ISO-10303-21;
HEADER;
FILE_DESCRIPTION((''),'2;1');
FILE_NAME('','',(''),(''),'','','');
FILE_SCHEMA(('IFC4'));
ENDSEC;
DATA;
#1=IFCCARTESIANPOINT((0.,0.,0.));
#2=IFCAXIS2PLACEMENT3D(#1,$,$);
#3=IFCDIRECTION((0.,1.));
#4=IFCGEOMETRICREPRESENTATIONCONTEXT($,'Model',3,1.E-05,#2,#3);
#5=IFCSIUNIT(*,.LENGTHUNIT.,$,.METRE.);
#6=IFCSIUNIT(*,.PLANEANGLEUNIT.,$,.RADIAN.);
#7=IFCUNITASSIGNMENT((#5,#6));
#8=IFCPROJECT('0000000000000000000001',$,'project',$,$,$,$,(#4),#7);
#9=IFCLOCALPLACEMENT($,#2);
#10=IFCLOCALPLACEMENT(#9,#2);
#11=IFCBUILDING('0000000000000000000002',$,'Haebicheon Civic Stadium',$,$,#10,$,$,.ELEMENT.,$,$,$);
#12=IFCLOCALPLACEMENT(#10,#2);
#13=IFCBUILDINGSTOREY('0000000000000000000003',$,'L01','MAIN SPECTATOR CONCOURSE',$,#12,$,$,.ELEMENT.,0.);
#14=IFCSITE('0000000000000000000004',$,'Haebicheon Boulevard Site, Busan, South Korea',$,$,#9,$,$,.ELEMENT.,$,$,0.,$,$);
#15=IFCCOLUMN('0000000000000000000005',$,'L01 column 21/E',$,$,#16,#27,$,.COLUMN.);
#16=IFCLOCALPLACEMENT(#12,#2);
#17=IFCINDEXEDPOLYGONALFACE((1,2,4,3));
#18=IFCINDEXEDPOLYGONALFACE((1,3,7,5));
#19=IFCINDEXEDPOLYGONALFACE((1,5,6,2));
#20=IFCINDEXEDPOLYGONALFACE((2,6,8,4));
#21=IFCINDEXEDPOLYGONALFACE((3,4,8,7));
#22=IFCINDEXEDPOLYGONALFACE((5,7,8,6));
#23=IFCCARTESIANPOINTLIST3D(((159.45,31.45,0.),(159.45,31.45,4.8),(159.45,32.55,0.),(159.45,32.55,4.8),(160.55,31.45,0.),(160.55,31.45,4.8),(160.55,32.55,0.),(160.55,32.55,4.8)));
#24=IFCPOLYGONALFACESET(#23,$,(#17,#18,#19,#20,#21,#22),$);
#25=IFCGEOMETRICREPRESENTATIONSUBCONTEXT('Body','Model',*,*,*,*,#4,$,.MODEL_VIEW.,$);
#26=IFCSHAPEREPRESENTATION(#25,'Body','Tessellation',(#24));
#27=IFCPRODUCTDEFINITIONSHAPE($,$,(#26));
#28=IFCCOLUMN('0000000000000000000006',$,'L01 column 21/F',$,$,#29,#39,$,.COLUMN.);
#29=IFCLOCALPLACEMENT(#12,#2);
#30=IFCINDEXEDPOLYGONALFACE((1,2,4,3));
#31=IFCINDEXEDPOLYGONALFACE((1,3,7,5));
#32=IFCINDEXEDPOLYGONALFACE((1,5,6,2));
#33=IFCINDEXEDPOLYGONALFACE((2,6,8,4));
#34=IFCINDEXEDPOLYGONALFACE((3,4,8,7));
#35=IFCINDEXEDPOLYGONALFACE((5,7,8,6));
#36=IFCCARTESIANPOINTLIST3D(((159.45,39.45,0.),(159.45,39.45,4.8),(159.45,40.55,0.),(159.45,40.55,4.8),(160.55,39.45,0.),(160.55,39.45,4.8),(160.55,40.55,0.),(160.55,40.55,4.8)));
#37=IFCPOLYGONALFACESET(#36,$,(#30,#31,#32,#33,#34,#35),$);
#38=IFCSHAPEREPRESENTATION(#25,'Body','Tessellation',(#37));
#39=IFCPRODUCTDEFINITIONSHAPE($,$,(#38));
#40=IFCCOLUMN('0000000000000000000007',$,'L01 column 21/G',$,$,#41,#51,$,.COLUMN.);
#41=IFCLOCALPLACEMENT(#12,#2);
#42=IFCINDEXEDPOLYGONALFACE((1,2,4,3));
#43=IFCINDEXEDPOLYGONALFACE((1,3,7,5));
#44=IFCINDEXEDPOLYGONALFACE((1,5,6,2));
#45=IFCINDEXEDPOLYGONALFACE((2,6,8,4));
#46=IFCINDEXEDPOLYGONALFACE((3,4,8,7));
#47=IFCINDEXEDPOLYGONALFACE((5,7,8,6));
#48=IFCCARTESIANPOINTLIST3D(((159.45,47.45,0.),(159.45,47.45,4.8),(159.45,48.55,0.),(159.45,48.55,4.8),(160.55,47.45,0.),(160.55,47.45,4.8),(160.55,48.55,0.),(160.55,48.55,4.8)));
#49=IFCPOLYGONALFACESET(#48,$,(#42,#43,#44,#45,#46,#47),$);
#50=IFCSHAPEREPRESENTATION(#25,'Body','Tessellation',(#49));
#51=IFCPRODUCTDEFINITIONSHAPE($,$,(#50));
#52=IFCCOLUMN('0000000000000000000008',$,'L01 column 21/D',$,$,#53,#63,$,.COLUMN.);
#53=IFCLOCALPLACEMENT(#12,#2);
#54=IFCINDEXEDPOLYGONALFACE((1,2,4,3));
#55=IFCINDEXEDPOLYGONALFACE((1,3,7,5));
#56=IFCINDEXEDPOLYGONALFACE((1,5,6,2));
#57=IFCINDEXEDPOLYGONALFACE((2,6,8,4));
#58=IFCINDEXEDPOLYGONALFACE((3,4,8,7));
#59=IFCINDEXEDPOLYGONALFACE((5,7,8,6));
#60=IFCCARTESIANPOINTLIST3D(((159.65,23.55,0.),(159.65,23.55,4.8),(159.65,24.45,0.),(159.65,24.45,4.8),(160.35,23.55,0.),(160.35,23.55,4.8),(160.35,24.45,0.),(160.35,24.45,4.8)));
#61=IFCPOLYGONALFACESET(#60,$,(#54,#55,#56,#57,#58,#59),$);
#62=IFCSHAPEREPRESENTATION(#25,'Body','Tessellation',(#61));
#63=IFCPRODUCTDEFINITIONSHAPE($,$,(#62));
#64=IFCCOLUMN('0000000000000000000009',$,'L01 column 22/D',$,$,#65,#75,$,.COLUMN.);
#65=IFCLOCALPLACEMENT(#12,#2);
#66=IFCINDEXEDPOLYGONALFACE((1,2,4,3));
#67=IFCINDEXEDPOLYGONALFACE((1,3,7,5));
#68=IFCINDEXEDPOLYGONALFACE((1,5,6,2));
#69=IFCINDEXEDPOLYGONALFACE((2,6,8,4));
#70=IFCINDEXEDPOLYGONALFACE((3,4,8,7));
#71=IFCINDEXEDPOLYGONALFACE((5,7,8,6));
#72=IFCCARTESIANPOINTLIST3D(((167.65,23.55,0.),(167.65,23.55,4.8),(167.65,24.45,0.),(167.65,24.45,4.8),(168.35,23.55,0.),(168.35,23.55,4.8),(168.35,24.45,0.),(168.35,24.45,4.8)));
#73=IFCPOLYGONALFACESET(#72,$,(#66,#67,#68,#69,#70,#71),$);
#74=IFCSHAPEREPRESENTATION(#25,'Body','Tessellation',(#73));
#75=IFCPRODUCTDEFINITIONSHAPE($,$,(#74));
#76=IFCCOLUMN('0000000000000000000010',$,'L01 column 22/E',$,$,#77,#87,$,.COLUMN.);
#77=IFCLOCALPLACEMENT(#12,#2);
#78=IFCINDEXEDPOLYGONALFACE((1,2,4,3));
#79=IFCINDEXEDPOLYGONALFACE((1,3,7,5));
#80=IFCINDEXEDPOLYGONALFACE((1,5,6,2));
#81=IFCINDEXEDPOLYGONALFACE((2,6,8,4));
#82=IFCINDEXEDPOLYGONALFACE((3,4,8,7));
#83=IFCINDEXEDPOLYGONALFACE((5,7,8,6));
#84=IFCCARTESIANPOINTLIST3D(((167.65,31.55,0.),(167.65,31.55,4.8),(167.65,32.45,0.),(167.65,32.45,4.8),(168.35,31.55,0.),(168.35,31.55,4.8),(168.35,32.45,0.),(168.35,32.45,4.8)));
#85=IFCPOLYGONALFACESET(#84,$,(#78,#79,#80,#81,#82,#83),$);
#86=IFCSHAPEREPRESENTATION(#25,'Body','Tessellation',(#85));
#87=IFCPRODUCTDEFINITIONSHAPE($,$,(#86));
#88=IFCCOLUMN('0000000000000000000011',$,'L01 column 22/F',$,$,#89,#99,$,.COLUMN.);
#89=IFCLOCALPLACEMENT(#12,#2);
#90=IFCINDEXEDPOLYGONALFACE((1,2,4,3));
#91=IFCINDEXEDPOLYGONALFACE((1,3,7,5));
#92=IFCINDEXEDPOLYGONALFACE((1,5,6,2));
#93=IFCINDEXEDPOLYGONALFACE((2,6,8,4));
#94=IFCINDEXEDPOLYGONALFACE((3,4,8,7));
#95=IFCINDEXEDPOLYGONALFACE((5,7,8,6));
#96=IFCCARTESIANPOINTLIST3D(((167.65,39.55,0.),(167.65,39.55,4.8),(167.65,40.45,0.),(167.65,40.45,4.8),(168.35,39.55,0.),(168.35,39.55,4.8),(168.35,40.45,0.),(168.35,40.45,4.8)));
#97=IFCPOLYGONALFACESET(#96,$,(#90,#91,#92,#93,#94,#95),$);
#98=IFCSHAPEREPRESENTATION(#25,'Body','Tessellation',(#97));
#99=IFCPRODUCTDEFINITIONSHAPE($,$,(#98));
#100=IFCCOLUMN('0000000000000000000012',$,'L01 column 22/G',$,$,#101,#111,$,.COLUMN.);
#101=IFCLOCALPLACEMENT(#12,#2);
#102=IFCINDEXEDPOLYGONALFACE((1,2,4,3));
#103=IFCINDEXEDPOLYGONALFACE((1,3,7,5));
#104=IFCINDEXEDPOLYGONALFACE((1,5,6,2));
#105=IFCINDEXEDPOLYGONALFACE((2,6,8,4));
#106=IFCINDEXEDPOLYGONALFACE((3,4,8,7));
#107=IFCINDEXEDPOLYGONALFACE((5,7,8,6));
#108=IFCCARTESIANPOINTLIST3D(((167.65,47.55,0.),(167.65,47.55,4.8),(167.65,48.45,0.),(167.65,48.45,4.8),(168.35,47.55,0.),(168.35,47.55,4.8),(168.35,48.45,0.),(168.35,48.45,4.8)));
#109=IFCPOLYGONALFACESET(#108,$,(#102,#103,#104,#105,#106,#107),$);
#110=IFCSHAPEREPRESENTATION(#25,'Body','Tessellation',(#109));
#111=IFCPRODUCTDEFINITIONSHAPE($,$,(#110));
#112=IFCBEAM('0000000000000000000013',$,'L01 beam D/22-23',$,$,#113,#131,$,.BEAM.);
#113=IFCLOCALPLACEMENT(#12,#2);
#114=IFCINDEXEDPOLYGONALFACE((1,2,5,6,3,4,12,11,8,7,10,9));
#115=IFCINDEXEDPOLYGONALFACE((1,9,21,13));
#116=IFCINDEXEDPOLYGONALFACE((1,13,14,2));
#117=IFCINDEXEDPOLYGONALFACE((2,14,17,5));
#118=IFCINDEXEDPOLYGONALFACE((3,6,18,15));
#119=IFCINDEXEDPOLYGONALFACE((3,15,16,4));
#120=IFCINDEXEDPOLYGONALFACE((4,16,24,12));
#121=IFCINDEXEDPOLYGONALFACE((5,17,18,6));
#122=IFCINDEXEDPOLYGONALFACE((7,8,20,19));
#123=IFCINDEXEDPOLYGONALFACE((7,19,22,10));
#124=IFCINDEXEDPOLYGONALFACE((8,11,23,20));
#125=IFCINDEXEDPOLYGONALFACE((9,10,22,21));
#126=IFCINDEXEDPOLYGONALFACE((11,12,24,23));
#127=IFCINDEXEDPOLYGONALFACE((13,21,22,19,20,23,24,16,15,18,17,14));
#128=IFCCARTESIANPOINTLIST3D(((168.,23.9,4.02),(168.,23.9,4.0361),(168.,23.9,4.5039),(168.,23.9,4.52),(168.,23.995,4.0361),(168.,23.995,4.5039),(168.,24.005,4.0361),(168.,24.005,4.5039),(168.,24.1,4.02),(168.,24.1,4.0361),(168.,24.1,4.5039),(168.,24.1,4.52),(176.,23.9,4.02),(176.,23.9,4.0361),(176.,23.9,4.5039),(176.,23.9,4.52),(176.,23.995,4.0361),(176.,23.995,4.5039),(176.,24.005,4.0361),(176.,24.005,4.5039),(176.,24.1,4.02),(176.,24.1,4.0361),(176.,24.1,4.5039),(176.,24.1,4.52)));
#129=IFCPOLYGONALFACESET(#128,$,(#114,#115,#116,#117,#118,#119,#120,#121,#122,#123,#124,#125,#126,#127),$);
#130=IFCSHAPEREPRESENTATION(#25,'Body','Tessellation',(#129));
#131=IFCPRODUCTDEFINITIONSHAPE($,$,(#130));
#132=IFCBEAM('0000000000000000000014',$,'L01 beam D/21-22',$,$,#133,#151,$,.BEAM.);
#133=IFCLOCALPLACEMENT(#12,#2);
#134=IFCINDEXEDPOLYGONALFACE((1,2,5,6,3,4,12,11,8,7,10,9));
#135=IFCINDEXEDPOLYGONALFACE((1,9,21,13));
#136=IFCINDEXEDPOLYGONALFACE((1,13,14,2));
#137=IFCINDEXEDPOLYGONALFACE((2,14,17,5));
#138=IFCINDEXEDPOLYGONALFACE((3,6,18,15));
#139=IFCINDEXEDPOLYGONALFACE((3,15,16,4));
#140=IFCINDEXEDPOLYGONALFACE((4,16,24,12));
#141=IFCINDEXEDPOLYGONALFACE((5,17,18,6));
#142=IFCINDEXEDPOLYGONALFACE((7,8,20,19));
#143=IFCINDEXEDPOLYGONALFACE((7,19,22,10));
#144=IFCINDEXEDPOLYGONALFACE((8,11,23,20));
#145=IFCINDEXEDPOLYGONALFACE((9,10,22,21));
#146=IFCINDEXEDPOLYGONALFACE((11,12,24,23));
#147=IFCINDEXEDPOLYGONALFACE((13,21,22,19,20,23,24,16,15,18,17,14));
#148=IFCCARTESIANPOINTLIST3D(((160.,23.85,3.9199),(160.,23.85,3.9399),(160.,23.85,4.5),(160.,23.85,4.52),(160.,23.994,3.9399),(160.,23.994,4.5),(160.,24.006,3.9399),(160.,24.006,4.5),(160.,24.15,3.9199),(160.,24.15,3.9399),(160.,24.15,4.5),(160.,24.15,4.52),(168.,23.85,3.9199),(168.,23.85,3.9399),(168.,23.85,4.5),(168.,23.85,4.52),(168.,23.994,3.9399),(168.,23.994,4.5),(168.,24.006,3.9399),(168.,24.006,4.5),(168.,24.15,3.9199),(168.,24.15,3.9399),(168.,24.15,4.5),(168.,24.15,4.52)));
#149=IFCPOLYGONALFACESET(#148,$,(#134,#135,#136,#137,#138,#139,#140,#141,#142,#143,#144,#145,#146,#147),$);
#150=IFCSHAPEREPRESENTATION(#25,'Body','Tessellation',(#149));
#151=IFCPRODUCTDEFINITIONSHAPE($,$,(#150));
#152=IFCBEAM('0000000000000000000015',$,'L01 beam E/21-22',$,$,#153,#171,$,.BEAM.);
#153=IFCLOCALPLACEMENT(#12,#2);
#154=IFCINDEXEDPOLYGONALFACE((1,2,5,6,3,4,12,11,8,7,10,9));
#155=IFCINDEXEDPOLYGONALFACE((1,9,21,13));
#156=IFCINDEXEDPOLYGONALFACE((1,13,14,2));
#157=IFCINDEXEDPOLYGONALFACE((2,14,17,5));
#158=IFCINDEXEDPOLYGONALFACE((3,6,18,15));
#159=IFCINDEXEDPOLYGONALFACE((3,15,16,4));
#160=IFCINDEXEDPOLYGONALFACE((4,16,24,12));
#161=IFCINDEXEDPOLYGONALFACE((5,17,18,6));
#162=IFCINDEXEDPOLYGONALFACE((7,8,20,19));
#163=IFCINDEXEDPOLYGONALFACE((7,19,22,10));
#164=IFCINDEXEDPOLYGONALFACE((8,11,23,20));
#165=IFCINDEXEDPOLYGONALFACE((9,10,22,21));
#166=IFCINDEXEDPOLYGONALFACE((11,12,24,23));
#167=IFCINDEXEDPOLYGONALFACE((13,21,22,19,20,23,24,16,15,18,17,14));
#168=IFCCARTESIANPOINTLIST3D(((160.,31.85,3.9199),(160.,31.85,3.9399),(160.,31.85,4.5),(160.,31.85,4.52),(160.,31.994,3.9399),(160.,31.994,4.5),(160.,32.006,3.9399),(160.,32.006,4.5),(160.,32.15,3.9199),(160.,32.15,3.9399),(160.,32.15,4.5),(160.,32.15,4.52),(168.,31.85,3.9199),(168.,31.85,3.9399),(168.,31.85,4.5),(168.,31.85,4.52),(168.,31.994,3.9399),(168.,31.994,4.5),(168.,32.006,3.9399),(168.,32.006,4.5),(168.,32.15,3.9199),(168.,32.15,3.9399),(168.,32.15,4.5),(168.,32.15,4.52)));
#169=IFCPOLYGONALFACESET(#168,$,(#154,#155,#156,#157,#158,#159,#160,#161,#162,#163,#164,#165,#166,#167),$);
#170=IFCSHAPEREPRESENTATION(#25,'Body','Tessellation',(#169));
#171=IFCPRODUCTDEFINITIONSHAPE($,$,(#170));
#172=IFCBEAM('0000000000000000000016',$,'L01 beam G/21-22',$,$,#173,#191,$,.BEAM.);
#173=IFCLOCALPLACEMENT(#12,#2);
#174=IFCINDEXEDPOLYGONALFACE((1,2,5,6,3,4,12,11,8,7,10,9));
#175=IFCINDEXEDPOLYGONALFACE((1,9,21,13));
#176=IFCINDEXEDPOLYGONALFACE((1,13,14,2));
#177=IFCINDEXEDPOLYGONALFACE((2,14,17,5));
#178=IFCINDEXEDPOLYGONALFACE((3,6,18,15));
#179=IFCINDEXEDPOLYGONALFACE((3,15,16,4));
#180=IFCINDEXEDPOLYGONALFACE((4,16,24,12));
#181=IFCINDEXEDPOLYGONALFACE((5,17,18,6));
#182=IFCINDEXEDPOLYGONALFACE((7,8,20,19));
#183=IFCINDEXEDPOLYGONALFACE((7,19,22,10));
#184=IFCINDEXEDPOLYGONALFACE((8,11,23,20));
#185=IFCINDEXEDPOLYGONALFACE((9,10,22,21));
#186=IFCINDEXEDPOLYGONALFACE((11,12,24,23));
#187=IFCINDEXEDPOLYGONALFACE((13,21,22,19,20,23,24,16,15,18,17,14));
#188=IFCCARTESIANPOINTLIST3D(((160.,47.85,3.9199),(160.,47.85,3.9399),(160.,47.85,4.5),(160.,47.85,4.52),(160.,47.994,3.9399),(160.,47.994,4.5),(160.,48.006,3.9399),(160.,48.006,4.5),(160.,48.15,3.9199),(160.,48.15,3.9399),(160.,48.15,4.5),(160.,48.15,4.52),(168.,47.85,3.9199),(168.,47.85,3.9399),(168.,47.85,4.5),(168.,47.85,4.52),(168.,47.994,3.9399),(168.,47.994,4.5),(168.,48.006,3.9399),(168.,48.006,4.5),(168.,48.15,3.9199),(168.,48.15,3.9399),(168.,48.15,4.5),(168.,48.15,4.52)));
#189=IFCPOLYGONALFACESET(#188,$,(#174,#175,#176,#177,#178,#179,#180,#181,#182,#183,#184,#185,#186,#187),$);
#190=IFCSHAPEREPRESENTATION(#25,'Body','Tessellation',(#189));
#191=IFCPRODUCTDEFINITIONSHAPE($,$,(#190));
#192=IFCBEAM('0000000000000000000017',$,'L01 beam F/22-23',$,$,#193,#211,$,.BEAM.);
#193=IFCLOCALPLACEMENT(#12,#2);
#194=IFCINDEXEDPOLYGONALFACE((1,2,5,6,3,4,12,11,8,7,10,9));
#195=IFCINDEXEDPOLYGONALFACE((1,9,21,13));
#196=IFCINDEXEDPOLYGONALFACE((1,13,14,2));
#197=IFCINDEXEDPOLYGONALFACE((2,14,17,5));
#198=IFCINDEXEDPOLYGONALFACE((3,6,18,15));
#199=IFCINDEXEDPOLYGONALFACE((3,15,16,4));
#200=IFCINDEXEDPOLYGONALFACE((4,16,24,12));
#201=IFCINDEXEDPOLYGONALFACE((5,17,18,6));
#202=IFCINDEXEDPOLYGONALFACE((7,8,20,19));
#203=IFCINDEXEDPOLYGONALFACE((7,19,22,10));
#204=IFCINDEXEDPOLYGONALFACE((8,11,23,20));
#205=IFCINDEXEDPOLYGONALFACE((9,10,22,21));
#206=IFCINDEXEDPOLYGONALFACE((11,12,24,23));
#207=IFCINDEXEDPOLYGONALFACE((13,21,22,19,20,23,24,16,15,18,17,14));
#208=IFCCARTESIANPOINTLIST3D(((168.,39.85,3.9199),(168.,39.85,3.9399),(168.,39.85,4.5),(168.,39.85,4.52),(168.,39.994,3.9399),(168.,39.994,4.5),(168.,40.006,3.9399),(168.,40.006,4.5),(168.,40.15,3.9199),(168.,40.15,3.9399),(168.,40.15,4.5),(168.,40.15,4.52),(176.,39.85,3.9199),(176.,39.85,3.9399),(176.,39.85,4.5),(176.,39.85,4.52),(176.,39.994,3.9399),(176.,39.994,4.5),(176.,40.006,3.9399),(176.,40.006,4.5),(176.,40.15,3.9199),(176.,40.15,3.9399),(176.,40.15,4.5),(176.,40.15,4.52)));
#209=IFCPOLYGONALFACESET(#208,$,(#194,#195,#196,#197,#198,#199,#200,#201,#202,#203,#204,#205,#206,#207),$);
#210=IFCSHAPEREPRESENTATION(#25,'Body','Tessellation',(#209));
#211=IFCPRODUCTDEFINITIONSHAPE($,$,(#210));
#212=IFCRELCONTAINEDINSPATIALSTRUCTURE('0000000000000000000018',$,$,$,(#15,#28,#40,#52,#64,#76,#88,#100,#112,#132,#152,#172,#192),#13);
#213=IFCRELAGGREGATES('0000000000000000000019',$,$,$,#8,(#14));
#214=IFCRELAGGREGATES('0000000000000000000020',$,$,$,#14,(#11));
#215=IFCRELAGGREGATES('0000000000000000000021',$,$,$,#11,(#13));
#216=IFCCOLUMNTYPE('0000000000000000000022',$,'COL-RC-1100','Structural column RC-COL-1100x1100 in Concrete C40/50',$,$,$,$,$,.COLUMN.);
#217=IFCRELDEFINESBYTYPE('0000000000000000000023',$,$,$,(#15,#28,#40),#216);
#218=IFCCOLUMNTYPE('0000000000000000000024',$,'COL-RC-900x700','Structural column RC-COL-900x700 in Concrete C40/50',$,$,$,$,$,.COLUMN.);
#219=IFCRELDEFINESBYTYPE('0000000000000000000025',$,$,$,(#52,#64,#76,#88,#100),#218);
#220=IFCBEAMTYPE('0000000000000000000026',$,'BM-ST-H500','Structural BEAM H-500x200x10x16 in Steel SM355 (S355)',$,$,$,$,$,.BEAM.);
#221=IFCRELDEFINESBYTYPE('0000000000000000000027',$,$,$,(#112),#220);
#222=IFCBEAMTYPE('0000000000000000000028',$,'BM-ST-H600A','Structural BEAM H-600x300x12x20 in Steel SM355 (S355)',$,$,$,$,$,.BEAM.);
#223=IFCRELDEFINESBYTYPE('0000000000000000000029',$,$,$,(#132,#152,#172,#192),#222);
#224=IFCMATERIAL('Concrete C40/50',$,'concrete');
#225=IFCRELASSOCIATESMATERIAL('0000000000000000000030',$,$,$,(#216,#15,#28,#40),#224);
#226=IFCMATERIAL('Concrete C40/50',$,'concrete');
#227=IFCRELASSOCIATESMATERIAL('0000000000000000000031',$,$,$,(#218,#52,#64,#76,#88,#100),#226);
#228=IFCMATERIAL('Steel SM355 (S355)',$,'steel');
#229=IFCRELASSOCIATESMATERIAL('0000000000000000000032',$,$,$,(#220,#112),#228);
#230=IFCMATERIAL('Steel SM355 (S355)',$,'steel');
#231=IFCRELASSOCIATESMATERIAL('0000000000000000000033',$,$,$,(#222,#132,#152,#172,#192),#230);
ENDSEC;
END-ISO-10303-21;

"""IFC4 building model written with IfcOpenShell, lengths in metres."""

from ifc_helpers import new_model, si_unit, direction, frame, origin, origin_2d, place, context, subcontext, project, spatial, rectangle, i_section, extrude, material, material_profile, profile_set, type_object, element, save


model = new_model("IFC4")

# Units and contexts
model_context = context("Model", 3, precision=1e-05, world=origin(), true_north=direction((0.0, 1.0)))
body_context = subcontext(model_context, "Body", "Model", "MODEL_VIEW")
ifc_project = project(units=[si_unit("LENGTHUNIT", "METRE"), si_unit("PLANEANGLEUNIT", "RADIAN")], contexts=[model_context])

# Site, building, storey
site_placement = place(None, origin())
site = spatial("IfcSite", under=ifc_project, at=site_placement, Name="Haebicheon Boulevard Site, Busan, South Korea", CompositionType="ELEMENT", RefElevation=0.0)
building_placement = place(site_placement, origin())
building = spatial("IfcBuilding", under=site, at=building_placement, Name="Haebicheon Civic Stadium", CompositionType="ELEMENT")
storey_placement = place(building_placement, origin())
storey = spatial("IfcBuildingStorey", under=building, at=storey_placement, Name="L01", Description="MAIN SPECTATOR CONCOURSE", CompositionType="ELEMENT", Elevation=0.0)

# Columns
ifc_material_1 = material(Name="Concrete C40/50", Category="concrete")
ifc_material_profile_1 = material_profile(ifc_material_1, rectangle(XDim=1.1001, YDim=1.1001, at=origin_2d()), Name="RC-COL-1100x1100")
ifc_profile_set_1 = profile_set([ifc_material_profile_1], Name="Concrete C40/50")
column_type_1 = type_object("IfcColumnType", Name="COL-RC-1100", Description="Structural column RC-COL-1100x1100 in Concrete C40/50", PredefinedType="COLUMN", material=ifc_profile_set_1)
for number, where, z_axis, x_axis, name in (
    (1, (160.0, 32.0, 0.0), (0.0, 0.0, 1.0), (1.0, 0.0, 0.0), "L01 column 21/E"),
    (2, (160.0, 40.0, 0.0), (0.0, 0.0, 1.0), (1.0, 0.0, 0.0), "L01 column 21/F"),
    (3, (160.0, 48.0, 0.0), (0.0, 0.0, 1.0), (1.0, 0.0, 0.0), "L01 column 21/G"),
):
    element("IfcColumn", number, at=place(storey_placement, frame(where, z_axis=z_axis, x_axis=x_axis)), inside=storey, type_object=column_type_1, material=ifc_profile_set_1, Name=name, PredefinedType="COLUMN", context=body_context, shape_type="SweptSolid", body=[
        extrude(rectangle(XDim=1.1001, YDim=1.1001, at=origin_2d()), origin(), (0.0, 0.0, 1.0), 4.8),
    ])
ifc_material_2 = material(Name="Concrete C40/50", Category="concrete")
ifc_material_profile_2 = material_profile(ifc_material_2, rectangle(XDim=0.7, YDim=0.8999, at=origin_2d()), Name="RC-COL-900x700")
ifc_profile_set_2 = profile_set([ifc_material_profile_2], Name="Concrete C40/50")
column_type_2 = type_object("IfcColumnType", Name="COL-RC-900x700", Description="Structural column RC-COL-900x700 in Concrete C40/50", PredefinedType="COLUMN", material=ifc_profile_set_2)
for number, where, z_axis, x_axis, name in (
    (4, (160.0, 24.0, 0.0), (0.0, 0.0, 1.0), (1.0, 0.0, 0.0), "L01 column 21/D"),
    (5, (168.0, 24.0, 0.0), (0.0, 0.0, 1.0), (1.0, 0.0, 0.0), "L01 column 22/D"),
    (6, (168.0, 32.0, 0.0), (0.0, 0.0, 1.0), (1.0, 0.0, 0.0), "L01 column 22/E"),
    (7, (168.0, 40.0, 0.0), (0.0, 0.0, 1.0), (1.0, 0.0, 0.0), "L01 column 22/F"),
    (8, (168.0, 48.0, 0.0), (0.0, 0.0, 1.0), (1.0, 0.0, 0.0), "L01 column 22/G"),
):
    element("IfcColumn", number, at=place(storey_placement, frame(where, z_axis=z_axis, x_axis=x_axis)), inside=storey, type_object=column_type_2, material=ifc_profile_set_2, Name=name, PredefinedType="COLUMN", context=body_context, shape_type="SweptSolid", body=[
        extrude(rectangle(XDim=0.7, YDim=0.8999, at=origin_2d()), origin(), (0.0, 0.0, 1.0), 4.8),
    ])

# Beams
ifc_material_3 = material(Name="Steel SM355 (S355)", Category="steel")
ifc_material_profile_3 = material_profile(ifc_material_3, i_section(OverallWidth=0.2, OverallDepth=0.5, WebThickness=0.01, FlangeThickness=0.0161, at=origin_2d()), Name="H-500x200x10x16")
ifc_profile_set_3 = profile_set([ifc_material_profile_3], Name="Steel SM355 (S355)")
beam_type_1 = type_object("IfcBeamType", Name="BM-ST-H500", Description="Structural BEAM H-500x200x10x16 in Steel SM355 (S355)", PredefinedType="BEAM", material=ifc_profile_set_3)
beam_placement = place(storey_placement, frame((168.0, 24.0, 4.27), z_axis=(1.0, 0.0, 0.0), x_axis=(0.0, 1.0, 0.0)))
element("IfcBeam", 9, at=beam_placement, inside=storey, type_object=beam_type_1, material=ifc_profile_set_3, Name="L01 beam D/22-23", PredefinedType="BEAM", context=body_context, shape_type="SweptSolid", body=[
    extrude(i_section(OverallWidth=0.2, OverallDepth=0.5, WebThickness=0.01, FlangeThickness=0.0161, at=origin_2d()), origin(), (0.0, 0.0, 1.0), 8.0),
])
ifc_material_4 = material(Name="Steel SM355 (S355)", Category="steel")
ifc_material_profile_4 = material_profile(ifc_material_4, i_section(OverallWidth=0.3, OverallDepth=0.6001, WebThickness=0.012, FlangeThickness=0.02, at=origin_2d()), Name="H-600x300x12x20")
ifc_profile_set_4 = profile_set([ifc_material_profile_4], Name="Steel SM355 (S355)")
beam_type_2 = type_object("IfcBeamType", Name="BM-ST-H600A", Description="Structural BEAM H-600x300x12x20 in Steel SM355 (S355)", PredefinedType="BEAM", material=ifc_profile_set_4)
for number, where, z_axis, x_axis, name in (
    (10, (160.0, 24.0, 4.22), (1.0, 0.0, 0.0), (0.0, 1.0, 0.0), "L01 beam D/21-22"),
    (11, (160.0, 32.0, 4.22), (1.0, 0.0, 0.0), (0.0, 1.0, 0.0), "L01 beam E/21-22"),
    (12, (160.0, 48.0, 4.22), (1.0, 0.0, 0.0), (0.0, 1.0, 0.0), "L01 beam G/21-22"),
    (13, (168.0, 40.0, 4.22), (1.0, 0.0, 0.0), (0.0, 1.0, 0.0), "L01 beam F/22-23"),
):
    element("IfcBeam", number, at=place(storey_placement, frame(where, z_axis=z_axis, x_axis=x_axis)), inside=storey, type_object=beam_type_2, material=ifc_profile_set_4, Name=name, PredefinedType="BEAM", context=body_context, shape_type="SweptSolid", body=[
        extrude(i_section(OverallWidth=0.3, OverallDepth=0.6001, WebThickness=0.012, FlangeThickness=0.02, at=origin_2d()), origin(), (0.0, 0.0, 1.0), 8.0),
    ])

save(model, "model.ifc")
